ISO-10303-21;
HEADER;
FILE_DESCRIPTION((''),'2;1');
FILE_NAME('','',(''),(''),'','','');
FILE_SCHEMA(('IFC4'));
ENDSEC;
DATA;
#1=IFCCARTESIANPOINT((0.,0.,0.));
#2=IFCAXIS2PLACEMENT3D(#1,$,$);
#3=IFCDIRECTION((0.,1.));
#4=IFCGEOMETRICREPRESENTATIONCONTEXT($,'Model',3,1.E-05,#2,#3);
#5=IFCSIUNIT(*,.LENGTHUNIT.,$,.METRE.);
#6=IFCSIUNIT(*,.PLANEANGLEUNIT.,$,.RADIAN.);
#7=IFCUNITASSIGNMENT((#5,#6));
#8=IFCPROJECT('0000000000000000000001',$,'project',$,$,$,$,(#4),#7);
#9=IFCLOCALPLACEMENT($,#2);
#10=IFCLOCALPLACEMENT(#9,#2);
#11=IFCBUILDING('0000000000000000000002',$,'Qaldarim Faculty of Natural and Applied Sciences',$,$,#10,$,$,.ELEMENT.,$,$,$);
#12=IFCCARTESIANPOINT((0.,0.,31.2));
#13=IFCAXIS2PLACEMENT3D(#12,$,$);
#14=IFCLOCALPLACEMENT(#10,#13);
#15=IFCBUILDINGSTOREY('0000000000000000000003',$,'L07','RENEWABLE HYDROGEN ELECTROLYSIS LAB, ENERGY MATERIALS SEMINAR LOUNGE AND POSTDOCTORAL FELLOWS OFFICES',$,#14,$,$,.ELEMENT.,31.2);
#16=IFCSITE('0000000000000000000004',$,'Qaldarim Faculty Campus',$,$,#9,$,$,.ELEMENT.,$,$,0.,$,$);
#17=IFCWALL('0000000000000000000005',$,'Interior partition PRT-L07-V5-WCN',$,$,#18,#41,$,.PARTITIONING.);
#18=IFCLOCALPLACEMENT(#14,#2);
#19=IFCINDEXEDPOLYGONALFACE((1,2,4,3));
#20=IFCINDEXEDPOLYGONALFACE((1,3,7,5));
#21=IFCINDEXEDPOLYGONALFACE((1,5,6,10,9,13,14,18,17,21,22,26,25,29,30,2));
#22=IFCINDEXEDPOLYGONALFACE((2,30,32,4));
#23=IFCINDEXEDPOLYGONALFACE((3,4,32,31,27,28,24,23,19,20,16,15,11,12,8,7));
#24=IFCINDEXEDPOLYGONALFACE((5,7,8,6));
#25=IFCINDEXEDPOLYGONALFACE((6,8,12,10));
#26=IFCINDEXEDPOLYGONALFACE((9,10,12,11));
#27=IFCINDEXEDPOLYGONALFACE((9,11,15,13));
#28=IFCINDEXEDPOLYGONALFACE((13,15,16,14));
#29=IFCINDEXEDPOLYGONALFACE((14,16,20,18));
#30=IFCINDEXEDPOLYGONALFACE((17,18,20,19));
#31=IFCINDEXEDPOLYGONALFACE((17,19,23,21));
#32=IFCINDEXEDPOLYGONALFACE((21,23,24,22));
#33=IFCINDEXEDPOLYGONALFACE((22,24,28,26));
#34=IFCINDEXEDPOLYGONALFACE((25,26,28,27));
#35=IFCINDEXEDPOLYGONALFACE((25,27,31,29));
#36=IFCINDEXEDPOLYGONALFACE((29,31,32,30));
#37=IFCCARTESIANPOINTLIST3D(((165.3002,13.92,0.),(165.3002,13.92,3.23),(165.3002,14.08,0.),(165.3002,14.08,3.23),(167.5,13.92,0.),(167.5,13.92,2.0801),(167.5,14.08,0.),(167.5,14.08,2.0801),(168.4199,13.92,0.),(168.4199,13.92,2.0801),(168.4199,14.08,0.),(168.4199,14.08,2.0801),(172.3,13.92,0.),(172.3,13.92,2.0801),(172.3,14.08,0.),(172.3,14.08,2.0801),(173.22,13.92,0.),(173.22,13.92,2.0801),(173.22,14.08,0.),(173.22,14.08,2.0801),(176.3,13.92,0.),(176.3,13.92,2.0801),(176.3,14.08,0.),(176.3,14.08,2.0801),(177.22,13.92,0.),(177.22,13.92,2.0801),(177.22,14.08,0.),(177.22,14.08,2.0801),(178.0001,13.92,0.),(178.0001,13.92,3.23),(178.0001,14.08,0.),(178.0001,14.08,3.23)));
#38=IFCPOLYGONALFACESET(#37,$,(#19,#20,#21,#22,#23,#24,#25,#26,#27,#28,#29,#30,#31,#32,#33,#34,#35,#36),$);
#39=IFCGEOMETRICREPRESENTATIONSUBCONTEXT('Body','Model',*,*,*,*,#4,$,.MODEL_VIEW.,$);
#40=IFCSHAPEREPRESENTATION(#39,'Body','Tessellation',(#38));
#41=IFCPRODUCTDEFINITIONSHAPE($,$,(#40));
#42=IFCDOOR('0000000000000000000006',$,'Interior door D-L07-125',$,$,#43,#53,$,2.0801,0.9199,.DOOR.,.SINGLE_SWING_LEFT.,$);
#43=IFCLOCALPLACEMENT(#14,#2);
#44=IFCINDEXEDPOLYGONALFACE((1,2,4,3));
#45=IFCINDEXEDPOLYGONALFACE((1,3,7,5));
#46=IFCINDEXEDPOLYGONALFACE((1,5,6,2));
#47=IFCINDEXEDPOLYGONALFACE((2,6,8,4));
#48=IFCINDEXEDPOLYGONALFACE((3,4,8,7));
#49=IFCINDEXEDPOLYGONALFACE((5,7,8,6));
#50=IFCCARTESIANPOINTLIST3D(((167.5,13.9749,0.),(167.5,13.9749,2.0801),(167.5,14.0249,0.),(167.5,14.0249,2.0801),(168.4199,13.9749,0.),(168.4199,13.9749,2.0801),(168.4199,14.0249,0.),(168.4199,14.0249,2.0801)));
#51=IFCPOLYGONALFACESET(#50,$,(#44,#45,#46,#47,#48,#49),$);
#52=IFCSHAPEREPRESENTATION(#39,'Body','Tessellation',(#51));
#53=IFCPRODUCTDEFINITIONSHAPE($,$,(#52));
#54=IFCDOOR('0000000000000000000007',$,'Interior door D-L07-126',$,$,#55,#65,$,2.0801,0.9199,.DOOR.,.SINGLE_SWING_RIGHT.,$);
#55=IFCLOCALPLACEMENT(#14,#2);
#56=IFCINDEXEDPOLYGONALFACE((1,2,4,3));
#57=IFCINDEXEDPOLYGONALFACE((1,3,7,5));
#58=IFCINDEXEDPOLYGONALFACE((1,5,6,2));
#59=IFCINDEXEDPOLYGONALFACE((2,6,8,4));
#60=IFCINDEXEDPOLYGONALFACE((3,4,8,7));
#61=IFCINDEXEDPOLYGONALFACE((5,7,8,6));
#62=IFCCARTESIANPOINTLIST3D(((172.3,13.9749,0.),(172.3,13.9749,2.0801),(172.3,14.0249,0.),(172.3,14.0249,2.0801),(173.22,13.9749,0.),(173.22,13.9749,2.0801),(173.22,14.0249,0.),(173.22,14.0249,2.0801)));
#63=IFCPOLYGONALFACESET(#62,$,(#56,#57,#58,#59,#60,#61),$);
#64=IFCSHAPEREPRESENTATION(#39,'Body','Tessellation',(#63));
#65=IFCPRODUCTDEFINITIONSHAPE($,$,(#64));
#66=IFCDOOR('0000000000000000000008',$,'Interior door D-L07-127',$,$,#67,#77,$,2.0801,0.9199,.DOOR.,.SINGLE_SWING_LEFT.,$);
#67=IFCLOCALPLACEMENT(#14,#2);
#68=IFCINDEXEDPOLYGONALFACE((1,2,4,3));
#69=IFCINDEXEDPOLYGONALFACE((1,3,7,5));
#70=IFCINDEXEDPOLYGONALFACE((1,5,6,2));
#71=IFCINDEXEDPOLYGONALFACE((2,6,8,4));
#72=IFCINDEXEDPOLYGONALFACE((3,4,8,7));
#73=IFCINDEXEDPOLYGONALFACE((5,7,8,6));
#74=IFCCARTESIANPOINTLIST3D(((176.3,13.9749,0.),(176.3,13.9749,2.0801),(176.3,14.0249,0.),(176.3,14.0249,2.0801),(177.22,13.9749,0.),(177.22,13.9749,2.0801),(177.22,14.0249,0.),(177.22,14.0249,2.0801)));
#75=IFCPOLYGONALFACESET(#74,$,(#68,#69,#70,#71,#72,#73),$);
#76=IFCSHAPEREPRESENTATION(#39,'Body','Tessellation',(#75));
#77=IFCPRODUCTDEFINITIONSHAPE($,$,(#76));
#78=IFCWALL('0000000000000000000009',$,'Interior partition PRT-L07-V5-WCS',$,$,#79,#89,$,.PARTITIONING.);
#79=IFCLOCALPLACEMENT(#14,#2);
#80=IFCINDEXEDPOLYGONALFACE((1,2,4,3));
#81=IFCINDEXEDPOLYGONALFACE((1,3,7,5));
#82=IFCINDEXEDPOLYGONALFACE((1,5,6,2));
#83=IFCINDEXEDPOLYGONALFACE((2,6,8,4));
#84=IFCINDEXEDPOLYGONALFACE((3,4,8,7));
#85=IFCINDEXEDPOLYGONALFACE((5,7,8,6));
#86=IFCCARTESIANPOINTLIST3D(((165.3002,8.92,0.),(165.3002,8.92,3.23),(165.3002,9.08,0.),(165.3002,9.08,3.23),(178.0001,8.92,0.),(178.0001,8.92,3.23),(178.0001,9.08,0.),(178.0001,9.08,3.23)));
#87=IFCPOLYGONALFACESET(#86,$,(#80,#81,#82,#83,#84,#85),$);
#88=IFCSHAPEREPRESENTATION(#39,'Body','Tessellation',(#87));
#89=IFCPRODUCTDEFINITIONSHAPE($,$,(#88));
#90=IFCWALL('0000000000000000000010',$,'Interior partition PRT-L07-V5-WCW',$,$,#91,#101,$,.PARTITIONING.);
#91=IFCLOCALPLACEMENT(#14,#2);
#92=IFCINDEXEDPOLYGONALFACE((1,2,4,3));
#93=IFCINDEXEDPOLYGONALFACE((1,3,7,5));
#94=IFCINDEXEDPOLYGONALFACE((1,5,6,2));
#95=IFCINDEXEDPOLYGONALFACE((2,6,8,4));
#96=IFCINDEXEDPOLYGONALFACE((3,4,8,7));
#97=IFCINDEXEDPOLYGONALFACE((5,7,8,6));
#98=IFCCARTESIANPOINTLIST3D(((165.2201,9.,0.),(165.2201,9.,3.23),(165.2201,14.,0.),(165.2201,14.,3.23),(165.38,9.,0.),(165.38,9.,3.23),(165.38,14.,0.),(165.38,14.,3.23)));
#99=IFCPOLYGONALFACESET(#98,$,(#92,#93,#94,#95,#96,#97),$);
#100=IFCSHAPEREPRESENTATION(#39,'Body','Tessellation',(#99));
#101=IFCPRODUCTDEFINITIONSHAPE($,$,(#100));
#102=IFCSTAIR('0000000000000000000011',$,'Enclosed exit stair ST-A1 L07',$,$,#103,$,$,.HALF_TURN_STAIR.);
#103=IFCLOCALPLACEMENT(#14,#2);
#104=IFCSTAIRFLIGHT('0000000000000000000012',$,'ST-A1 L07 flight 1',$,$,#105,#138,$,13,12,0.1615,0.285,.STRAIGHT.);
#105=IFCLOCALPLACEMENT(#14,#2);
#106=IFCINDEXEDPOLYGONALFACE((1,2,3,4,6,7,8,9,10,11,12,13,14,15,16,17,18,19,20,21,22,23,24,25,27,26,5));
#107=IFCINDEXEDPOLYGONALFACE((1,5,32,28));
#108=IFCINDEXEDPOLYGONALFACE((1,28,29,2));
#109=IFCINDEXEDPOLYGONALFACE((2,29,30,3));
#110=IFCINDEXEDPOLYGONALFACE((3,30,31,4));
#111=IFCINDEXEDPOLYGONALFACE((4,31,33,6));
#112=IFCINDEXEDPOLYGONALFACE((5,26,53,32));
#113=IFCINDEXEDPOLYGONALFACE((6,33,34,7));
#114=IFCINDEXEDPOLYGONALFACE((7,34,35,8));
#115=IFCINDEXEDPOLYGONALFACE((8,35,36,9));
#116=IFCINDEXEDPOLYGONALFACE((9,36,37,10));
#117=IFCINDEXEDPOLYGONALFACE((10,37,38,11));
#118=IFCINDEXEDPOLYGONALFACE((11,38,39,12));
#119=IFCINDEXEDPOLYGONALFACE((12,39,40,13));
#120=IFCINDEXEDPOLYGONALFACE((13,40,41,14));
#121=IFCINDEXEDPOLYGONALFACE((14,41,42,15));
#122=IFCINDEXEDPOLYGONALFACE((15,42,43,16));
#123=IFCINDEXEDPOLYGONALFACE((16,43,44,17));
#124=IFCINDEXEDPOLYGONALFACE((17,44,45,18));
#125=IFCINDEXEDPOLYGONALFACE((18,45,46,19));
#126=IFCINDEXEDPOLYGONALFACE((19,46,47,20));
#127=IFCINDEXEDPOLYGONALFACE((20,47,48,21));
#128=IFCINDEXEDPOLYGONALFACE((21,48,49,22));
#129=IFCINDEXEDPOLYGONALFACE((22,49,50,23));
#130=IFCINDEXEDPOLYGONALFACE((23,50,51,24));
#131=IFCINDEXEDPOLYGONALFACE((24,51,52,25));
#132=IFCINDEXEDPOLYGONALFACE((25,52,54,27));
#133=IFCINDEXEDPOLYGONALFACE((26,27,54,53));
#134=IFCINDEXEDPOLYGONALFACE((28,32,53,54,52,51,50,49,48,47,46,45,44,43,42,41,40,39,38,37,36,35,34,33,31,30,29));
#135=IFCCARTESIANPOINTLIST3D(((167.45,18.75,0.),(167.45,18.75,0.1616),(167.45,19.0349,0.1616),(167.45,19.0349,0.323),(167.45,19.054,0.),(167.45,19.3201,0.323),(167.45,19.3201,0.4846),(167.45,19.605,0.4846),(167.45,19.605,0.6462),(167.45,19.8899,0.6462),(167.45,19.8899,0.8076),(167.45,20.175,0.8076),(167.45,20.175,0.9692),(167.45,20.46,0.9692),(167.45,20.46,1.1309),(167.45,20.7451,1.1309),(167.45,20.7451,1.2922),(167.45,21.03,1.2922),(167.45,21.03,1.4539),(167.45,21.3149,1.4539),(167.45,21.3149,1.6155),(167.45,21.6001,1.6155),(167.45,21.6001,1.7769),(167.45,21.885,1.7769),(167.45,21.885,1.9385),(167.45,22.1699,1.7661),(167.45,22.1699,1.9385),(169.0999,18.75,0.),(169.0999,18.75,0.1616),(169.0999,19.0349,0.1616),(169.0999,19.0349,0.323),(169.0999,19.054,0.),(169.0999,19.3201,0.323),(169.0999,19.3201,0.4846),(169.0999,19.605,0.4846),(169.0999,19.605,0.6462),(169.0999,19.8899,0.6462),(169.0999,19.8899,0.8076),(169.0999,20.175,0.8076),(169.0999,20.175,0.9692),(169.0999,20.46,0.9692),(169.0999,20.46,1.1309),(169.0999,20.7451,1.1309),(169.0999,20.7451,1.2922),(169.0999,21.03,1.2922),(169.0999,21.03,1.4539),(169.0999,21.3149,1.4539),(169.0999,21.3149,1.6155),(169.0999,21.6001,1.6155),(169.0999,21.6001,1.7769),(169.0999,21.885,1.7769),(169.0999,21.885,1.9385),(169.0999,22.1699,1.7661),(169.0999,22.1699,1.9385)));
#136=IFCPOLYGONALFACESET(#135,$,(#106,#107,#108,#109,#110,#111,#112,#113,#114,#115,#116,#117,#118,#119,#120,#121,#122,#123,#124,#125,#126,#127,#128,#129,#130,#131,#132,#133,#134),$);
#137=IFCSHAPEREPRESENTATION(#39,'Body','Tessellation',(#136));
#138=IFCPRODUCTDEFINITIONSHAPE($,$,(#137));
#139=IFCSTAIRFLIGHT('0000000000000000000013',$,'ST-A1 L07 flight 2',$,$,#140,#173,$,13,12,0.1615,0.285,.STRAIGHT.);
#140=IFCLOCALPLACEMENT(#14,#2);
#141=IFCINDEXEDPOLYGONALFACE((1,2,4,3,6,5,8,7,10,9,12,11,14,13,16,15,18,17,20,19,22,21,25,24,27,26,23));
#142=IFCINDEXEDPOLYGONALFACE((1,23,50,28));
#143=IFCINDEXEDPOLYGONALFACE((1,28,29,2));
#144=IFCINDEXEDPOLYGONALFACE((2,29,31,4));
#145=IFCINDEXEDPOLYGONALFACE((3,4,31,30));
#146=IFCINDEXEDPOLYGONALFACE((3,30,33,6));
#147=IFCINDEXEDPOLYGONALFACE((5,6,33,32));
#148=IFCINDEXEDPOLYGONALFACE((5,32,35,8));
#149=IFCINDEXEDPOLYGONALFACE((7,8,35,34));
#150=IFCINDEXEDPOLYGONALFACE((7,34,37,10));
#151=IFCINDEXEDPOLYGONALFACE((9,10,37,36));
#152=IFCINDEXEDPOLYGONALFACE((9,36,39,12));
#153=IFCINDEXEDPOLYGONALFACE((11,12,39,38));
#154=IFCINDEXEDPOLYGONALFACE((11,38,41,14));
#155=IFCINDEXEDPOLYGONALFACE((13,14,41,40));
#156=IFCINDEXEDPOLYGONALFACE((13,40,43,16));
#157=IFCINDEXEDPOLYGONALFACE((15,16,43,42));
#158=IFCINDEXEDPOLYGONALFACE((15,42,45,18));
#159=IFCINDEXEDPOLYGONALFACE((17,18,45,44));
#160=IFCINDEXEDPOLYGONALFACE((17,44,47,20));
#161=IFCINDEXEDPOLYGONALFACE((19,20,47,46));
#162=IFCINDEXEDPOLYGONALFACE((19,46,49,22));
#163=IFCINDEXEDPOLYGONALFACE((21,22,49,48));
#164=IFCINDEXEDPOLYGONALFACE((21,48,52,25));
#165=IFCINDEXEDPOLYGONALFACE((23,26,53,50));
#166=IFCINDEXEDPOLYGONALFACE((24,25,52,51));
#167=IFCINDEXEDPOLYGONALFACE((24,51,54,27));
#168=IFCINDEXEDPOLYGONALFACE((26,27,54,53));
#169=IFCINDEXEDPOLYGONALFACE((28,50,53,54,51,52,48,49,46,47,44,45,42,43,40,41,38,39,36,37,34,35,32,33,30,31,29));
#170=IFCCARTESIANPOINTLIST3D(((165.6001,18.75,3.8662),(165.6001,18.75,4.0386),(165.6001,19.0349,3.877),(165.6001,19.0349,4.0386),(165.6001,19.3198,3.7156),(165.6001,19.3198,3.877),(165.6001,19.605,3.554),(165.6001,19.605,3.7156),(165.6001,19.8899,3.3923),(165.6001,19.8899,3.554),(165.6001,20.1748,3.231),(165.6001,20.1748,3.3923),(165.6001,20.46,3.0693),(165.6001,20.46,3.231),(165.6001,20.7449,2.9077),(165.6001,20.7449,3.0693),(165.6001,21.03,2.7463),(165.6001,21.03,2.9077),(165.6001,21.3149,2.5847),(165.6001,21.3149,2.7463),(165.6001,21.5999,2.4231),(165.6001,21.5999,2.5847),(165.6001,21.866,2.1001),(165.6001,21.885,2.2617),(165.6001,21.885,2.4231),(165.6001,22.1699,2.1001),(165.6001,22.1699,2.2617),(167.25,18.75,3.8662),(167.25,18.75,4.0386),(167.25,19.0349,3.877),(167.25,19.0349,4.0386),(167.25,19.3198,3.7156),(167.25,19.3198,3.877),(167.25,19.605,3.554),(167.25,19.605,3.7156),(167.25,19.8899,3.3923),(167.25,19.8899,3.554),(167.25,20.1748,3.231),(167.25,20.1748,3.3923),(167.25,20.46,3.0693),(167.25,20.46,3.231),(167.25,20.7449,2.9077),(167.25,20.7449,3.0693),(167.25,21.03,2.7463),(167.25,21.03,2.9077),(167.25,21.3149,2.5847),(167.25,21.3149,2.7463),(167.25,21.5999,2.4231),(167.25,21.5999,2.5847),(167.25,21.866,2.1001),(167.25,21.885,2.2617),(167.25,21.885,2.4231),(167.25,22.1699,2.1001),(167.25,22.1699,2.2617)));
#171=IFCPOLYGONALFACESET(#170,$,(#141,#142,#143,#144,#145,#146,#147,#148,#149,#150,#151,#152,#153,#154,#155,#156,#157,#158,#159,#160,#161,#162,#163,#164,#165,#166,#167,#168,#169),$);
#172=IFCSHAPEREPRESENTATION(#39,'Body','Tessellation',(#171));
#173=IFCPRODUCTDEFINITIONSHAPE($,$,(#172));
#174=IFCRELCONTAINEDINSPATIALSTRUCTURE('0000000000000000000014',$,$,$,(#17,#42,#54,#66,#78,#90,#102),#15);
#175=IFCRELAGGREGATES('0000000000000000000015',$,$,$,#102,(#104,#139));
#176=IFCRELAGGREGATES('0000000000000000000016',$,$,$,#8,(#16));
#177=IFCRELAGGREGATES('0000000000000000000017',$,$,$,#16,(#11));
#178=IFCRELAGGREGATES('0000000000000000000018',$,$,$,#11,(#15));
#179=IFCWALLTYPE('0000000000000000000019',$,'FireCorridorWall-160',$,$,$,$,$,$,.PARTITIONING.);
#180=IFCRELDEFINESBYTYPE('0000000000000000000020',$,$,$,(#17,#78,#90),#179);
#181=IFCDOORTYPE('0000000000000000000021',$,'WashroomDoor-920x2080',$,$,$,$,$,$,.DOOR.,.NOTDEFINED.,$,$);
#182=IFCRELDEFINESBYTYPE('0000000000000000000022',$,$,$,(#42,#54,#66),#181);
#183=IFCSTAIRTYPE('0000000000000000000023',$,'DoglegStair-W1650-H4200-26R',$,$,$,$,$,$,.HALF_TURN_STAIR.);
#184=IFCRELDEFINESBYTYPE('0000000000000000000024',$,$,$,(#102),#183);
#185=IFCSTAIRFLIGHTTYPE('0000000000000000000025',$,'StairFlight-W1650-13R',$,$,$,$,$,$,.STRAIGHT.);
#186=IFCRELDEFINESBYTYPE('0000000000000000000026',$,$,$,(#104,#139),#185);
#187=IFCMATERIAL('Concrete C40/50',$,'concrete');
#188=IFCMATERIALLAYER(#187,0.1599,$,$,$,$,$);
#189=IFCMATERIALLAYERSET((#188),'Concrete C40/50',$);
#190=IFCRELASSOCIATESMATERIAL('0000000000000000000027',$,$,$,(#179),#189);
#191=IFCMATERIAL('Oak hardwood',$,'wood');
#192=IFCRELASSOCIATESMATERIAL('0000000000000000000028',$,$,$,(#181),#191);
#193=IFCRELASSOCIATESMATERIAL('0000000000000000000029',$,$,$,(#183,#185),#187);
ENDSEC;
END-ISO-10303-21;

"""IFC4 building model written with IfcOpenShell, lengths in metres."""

from ifc_helpers import new_model, si_unit, direction, frame, frame_2d, origin, place, context, subcontext, project, spatial, polyline, rectangle, outline, extrude, material, layer, layer_set, type_object, element, fill, aggregate, save


model = new_model("IFC4")

# Units and contexts
model_context = context("Model", 3, precision=1e-05, world=origin(), true_north=direction((0.0, 1.0)))
body_context = subcontext(model_context, "Body", "Model", "MODEL_VIEW")
ifc_project = project(units=[si_unit("LENGTHUNIT", "METRE"), si_unit("PLANEANGLEUNIT", "RADIAN")], contexts=[model_context])

# Site, building, storey
site_placement = place(None, origin())
site = spatial("IfcSite", under=ifc_project, at=site_placement, Name="Qaldarim Faculty Campus", CompositionType="ELEMENT", RefElevation=0.0)
building_placement = place(site_placement, origin())
building = spatial("IfcBuilding", under=site, at=building_placement, Name="Qaldarim Faculty of Natural and Applied Sciences", CompositionType="ELEMENT")
storey_placement = place(building_placement, frame((0.0, 0.0, 31.2)))
storey = spatial("IfcBuildingStorey", under=building, at=storey_placement, Name="L07", Description="RENEWABLE HYDROGEN ELECTROLYSIS LAB, ENERGY MATERIALS SEMINAR LOUNGE AND POSTDOCTORAL FELLOWS OFFICES", CompositionType="ELEMENT", Elevation=31.2)

# Shared definitions
ifc_material_1 = material(Name="Concrete C40/50", Category="concrete")

# Wall, openings, doors
ifc_layer_1 = layer(ifc_material_1, 0.1599)
ifc_layer_set_1 = layer_set([ifc_layer_1], Name="Concrete C40/50")
wall_type_1 = type_object("IfcWallType", Name="FireCorridorWall-160", PredefinedType="PARTITIONING", material=ifc_layer_set_1)
wall_1_placement = place(storey_placement, frame((165.3, 14.0, 0.0), z_axis=(0.0, 0.0, 1.0), x_axis=(1.0, 0.0, 0.0)))
wall_1 = element("IfcWall", 1, at=wall_1_placement, inside=storey, type_object=wall_type_1, Name="Interior partition PRT-L07-V5-WCN", PredefinedType="PARTITIONING", context=body_context, shape_type="SweptSolid", body=[
    extrude(rectangle(XDim=12.7, YDim=0.1599, at=frame_2d((6.3501, 0.0))), origin(), (0.0, 0.0, 1.0), 3.23),
])
opening_1_placement = place(wall_1_placement, frame((2.2, 0.0, 0.0)))
opening_1 = element("IfcOpeningElement", 2, at=opening_1_placement, cuts=wall_1, PredefinedType="OPENING", context=body_context, shape_type="SweptSolid", body=[
    extrude(rectangle(XDim=0.9199, YDim=2.0801, at=frame_2d((0.46, 1.04))), frame((0.0, 0.0898, 0.0), z_axis=(0.0, -1.0, 0.0), x_axis=(1.0, 0.0, 0.0)), (0.0, 0.0, 1.0), 0.1799),
])
opening_2_placement = place(wall_1_placement, frame((7.0, 0.0, 0.0)))
opening_2 = element("IfcOpeningElement", 3, at=opening_2_placement, cuts=wall_1, PredefinedType="OPENING", context=body_context, shape_type="SweptSolid", body=[
    extrude(rectangle(XDim=0.9199, YDim=2.0801, at=frame_2d((0.46, 1.04))), frame((0.0, 0.0898, 0.0), z_axis=(0.0, -1.0, 0.0), x_axis=(1.0, 0.0, 0.0)), (0.0, 0.0, 1.0), 0.1799),
])
opening_3_placement = place(wall_1_placement, frame((11.0, 0.0, 0.0)))
opening_3 = element("IfcOpeningElement", 4, at=opening_3_placement, cuts=wall_1, PredefinedType="OPENING", context=body_context, shape_type="SweptSolid", body=[
    extrude(rectangle(XDim=0.9199, YDim=2.0801, at=frame_2d((0.46, 1.04))), frame((0.0, 0.0898, 0.0), z_axis=(0.0, -1.0, 0.0), x_axis=(1.0, 0.0, 0.0)), (0.0, 0.0, 1.0), 0.1799),
])
ifc_material_2 = material(Name="Oak hardwood", Category="wood")
door_type = type_object("IfcDoorType", Name="WashroomDoor-920x2080", OperationType="NOTDEFINED", PredefinedType="DOOR", material=ifc_material_2)
door_1_placement = place(opening_1_placement, origin())
door_1 = element("IfcDoor", 5, at=door_1_placement, inside=storey, type_object=door_type, Name="Interior door D-L07-125", OperationType="SINGLE_SWING_LEFT", OverallHeight=2.0801, OverallWidth=0.9199, PredefinedType="DOOR", context=body_context, shape_type="SweptSolid", body=[
    extrude(rectangle(XDim=0.9199, YDim=2.0801, at=frame_2d((0.46, 1.04))), frame((0.0, 0.0249, 0.0), z_axis=(0.0, -1.0, 0.0), x_axis=(1.0, 0.0, 0.0)), (0.0, 0.0, 1.0), 0.05),
])
fill(opening_1, door_1)
door_2_placement = place(opening_2_placement, origin())
door_2 = element("IfcDoor", 6, at=door_2_placement, inside=storey, type_object=door_type, Name="Interior door D-L07-126", OperationType="SINGLE_SWING_RIGHT", OverallHeight=2.0801, OverallWidth=0.9199, PredefinedType="DOOR", context=body_context, shape_type="SweptSolid", body=[
    extrude(rectangle(XDim=0.9199, YDim=2.0801, at=frame_2d((0.46, 1.04))), frame((0.0, 0.0249, 0.0), z_axis=(0.0, -1.0, 0.0), x_axis=(1.0, 0.0, 0.0)), (0.0, 0.0, 1.0), 0.05),
])
fill(opening_2, door_2)
door_3_placement = place(opening_3_placement, origin())
door_3 = element("IfcDoor", 7, at=door_3_placement, inside=storey, type_object=door_type, Name="Interior door D-L07-127", OperationType="SINGLE_SWING_LEFT", OverallHeight=2.0801, OverallWidth=0.9199, PredefinedType="DOOR", context=body_context, shape_type="SweptSolid", body=[
    extrude(rectangle(XDim=0.9199, YDim=2.0801, at=frame_2d((0.46, 1.04))), frame((0.0, 0.0249, 0.0), z_axis=(0.0, -1.0, 0.0), x_axis=(1.0, 0.0, 0.0)), (0.0, 0.0, 1.0), 0.05),
])
fill(opening_3, door_3)

# Walls
wall_2_placement = place(storey_placement, frame((165.3, 9.0, 0.0), z_axis=(0.0, 0.0, 1.0), x_axis=(1.0, 0.0, 0.0)))
element("IfcWall", 8, at=wall_2_placement, inside=storey, type_object=wall_type_1, Name="Interior partition PRT-L07-V5-WCS", PredefinedType="PARTITIONING", context=body_context, shape_type="SweptSolid", body=[
    extrude(rectangle(XDim=12.7, YDim=0.1599, at=frame_2d((6.3501, 0.0))), origin(), (0.0, 0.0, 1.0), 3.23),
])
wall_3_placement = place(storey_placement, frame((165.3, 9.0, 0.0), z_axis=(0.0, 0.0, 1.0), x_axis=(0.0, 1.0, 0.0)))
element("IfcWall", 9, at=wall_3_placement, inside=storey, type_object=wall_type_1, Name="Interior partition PRT-L07-V5-WCW", PredefinedType="PARTITIONING", context=body_context, shape_type="SweptSolid", body=[
    extrude(rectangle(XDim=5.0, YDim=0.1599, at=frame_2d((2.5, 0.0))), origin(), (0.0, 0.0, 1.0), 3.23),
])

# Stair, stair flights
stair_type = type_object("IfcStairType", Name="DoglegStair-W1650-H4200-26R", PredefinedType="HALF_TURN_STAIR", material=ifc_material_1)
stair_placement = place(storey_placement, origin())
stair = element("IfcStair", 10, at=stair_placement, inside=storey, type_object=stair_type, Name="Enclosed exit stair ST-A1 L07", PredefinedType="HALF_TURN_STAIR")
stair_flight_type = type_object("IfcStairFlightType", Name="StairFlight-W1650-13R", PredefinedType="STRAIGHT", material=ifc_material_1)
stair_flight_1_placement = place(storey_placement, frame((168.2749, 18.75, 0.0), z_axis=(0.0, 0.0, 1.0), x_axis=(0.0, 1.0, 0.0)))
stair_flight_1 = element("IfcStairFlight", 11, at=stair_flight_1_placement, type_object=stair_flight_type, Name="ST-A1 L07 flight 1", NumberOfRisers=13, NumberOfTreads=12, PredefinedType="STRAIGHT", RiserHeight=0.1615, TreadLength=0.285, context=body_context, shape_type="SweptSolid", body=[
    extrude(outline(polyline([(0.0, 0.0), (0.0, 0.1616), (0.2849, 0.1616), (0.2849, 0.323), (0.5701, 0.323), (0.5701, 0.4846), (0.855, 0.4846), (0.855, 0.6462), (1.1399, 0.6462), (1.1399, 0.8076), (1.425, 0.8076), (1.425, 0.9692), (1.71, 0.9692), (1.71, 1.1309), (1.9951, 1.1309), (1.9951, 1.2922), (2.28, 1.2922), (2.28, 1.4539), (2.5649, 1.4539), (2.5649, 1.6155), (2.8501, 1.6155), (2.8501, 1.7769), (3.135, 1.7769), (3.135, 1.9385), (3.4199, 1.9385), (3.4199, 2.1001), (3.4199, 1.7661), (0.304, 0.0), (0.0, 0.0)])), frame((0.0, 0.825, 0.0), z_axis=(0.0, -1.0, 0.0), x_axis=(1.0, 0.0, 0.0)), (0.0, 0.0, 1.0), 1.6499),
])
stair_flight_2_placement = place(storey_placement, frame((166.425, 22.1699, 2.1001), z_axis=(0.0, 0.0, 1.0), x_axis=(0.0, -1.0, 0.0)))
stair_flight_2 = element("IfcStairFlight", 12, at=stair_flight_2_placement, type_object=stair_flight_type, Name="ST-A1 L07 flight 2", NumberOfRisers=13, NumberOfTreads=12, PredefinedType="STRAIGHT", RiserHeight=0.1615, TreadLength=0.285, context=body_context, shape_type="SweptSolid", body=[
    extrude(outline(polyline([(0.0, 0.0), (0.0, 0.1616), (0.2849, 0.1616), (0.2849, 0.323), (0.5701, 0.323), (0.5701, 0.4846), (0.855, 0.4846), (0.855, 0.6462), (1.1399, 0.6462), (1.1399, 0.8076), (1.425, 0.8076), (1.425, 0.9692), (1.71, 0.9692), (1.71, 1.1309), (1.9951, 1.1309), (1.9951, 1.2922), (2.28, 1.2922), (2.28, 1.4539), (2.5649, 1.4539), (2.5649, 1.6155), (2.8501, 1.6155), (2.8501, 1.7769), (3.135, 1.7769), (3.135, 1.9385), (3.4199, 1.9385), (3.4199, 2.1001), (3.4199, 1.7661), (0.304, 0.0), (0.0, 0.0)])), frame((0.0, 0.825, 0.0), z_axis=(0.0, -1.0, 0.0), x_axis=(1.0, 0.0, 0.0)), (0.0, 0.0, 1.0), 1.6499),
])
aggregate(stair, [stair_flight_1, stair_flight_2])

save(model, "model.ifc")
